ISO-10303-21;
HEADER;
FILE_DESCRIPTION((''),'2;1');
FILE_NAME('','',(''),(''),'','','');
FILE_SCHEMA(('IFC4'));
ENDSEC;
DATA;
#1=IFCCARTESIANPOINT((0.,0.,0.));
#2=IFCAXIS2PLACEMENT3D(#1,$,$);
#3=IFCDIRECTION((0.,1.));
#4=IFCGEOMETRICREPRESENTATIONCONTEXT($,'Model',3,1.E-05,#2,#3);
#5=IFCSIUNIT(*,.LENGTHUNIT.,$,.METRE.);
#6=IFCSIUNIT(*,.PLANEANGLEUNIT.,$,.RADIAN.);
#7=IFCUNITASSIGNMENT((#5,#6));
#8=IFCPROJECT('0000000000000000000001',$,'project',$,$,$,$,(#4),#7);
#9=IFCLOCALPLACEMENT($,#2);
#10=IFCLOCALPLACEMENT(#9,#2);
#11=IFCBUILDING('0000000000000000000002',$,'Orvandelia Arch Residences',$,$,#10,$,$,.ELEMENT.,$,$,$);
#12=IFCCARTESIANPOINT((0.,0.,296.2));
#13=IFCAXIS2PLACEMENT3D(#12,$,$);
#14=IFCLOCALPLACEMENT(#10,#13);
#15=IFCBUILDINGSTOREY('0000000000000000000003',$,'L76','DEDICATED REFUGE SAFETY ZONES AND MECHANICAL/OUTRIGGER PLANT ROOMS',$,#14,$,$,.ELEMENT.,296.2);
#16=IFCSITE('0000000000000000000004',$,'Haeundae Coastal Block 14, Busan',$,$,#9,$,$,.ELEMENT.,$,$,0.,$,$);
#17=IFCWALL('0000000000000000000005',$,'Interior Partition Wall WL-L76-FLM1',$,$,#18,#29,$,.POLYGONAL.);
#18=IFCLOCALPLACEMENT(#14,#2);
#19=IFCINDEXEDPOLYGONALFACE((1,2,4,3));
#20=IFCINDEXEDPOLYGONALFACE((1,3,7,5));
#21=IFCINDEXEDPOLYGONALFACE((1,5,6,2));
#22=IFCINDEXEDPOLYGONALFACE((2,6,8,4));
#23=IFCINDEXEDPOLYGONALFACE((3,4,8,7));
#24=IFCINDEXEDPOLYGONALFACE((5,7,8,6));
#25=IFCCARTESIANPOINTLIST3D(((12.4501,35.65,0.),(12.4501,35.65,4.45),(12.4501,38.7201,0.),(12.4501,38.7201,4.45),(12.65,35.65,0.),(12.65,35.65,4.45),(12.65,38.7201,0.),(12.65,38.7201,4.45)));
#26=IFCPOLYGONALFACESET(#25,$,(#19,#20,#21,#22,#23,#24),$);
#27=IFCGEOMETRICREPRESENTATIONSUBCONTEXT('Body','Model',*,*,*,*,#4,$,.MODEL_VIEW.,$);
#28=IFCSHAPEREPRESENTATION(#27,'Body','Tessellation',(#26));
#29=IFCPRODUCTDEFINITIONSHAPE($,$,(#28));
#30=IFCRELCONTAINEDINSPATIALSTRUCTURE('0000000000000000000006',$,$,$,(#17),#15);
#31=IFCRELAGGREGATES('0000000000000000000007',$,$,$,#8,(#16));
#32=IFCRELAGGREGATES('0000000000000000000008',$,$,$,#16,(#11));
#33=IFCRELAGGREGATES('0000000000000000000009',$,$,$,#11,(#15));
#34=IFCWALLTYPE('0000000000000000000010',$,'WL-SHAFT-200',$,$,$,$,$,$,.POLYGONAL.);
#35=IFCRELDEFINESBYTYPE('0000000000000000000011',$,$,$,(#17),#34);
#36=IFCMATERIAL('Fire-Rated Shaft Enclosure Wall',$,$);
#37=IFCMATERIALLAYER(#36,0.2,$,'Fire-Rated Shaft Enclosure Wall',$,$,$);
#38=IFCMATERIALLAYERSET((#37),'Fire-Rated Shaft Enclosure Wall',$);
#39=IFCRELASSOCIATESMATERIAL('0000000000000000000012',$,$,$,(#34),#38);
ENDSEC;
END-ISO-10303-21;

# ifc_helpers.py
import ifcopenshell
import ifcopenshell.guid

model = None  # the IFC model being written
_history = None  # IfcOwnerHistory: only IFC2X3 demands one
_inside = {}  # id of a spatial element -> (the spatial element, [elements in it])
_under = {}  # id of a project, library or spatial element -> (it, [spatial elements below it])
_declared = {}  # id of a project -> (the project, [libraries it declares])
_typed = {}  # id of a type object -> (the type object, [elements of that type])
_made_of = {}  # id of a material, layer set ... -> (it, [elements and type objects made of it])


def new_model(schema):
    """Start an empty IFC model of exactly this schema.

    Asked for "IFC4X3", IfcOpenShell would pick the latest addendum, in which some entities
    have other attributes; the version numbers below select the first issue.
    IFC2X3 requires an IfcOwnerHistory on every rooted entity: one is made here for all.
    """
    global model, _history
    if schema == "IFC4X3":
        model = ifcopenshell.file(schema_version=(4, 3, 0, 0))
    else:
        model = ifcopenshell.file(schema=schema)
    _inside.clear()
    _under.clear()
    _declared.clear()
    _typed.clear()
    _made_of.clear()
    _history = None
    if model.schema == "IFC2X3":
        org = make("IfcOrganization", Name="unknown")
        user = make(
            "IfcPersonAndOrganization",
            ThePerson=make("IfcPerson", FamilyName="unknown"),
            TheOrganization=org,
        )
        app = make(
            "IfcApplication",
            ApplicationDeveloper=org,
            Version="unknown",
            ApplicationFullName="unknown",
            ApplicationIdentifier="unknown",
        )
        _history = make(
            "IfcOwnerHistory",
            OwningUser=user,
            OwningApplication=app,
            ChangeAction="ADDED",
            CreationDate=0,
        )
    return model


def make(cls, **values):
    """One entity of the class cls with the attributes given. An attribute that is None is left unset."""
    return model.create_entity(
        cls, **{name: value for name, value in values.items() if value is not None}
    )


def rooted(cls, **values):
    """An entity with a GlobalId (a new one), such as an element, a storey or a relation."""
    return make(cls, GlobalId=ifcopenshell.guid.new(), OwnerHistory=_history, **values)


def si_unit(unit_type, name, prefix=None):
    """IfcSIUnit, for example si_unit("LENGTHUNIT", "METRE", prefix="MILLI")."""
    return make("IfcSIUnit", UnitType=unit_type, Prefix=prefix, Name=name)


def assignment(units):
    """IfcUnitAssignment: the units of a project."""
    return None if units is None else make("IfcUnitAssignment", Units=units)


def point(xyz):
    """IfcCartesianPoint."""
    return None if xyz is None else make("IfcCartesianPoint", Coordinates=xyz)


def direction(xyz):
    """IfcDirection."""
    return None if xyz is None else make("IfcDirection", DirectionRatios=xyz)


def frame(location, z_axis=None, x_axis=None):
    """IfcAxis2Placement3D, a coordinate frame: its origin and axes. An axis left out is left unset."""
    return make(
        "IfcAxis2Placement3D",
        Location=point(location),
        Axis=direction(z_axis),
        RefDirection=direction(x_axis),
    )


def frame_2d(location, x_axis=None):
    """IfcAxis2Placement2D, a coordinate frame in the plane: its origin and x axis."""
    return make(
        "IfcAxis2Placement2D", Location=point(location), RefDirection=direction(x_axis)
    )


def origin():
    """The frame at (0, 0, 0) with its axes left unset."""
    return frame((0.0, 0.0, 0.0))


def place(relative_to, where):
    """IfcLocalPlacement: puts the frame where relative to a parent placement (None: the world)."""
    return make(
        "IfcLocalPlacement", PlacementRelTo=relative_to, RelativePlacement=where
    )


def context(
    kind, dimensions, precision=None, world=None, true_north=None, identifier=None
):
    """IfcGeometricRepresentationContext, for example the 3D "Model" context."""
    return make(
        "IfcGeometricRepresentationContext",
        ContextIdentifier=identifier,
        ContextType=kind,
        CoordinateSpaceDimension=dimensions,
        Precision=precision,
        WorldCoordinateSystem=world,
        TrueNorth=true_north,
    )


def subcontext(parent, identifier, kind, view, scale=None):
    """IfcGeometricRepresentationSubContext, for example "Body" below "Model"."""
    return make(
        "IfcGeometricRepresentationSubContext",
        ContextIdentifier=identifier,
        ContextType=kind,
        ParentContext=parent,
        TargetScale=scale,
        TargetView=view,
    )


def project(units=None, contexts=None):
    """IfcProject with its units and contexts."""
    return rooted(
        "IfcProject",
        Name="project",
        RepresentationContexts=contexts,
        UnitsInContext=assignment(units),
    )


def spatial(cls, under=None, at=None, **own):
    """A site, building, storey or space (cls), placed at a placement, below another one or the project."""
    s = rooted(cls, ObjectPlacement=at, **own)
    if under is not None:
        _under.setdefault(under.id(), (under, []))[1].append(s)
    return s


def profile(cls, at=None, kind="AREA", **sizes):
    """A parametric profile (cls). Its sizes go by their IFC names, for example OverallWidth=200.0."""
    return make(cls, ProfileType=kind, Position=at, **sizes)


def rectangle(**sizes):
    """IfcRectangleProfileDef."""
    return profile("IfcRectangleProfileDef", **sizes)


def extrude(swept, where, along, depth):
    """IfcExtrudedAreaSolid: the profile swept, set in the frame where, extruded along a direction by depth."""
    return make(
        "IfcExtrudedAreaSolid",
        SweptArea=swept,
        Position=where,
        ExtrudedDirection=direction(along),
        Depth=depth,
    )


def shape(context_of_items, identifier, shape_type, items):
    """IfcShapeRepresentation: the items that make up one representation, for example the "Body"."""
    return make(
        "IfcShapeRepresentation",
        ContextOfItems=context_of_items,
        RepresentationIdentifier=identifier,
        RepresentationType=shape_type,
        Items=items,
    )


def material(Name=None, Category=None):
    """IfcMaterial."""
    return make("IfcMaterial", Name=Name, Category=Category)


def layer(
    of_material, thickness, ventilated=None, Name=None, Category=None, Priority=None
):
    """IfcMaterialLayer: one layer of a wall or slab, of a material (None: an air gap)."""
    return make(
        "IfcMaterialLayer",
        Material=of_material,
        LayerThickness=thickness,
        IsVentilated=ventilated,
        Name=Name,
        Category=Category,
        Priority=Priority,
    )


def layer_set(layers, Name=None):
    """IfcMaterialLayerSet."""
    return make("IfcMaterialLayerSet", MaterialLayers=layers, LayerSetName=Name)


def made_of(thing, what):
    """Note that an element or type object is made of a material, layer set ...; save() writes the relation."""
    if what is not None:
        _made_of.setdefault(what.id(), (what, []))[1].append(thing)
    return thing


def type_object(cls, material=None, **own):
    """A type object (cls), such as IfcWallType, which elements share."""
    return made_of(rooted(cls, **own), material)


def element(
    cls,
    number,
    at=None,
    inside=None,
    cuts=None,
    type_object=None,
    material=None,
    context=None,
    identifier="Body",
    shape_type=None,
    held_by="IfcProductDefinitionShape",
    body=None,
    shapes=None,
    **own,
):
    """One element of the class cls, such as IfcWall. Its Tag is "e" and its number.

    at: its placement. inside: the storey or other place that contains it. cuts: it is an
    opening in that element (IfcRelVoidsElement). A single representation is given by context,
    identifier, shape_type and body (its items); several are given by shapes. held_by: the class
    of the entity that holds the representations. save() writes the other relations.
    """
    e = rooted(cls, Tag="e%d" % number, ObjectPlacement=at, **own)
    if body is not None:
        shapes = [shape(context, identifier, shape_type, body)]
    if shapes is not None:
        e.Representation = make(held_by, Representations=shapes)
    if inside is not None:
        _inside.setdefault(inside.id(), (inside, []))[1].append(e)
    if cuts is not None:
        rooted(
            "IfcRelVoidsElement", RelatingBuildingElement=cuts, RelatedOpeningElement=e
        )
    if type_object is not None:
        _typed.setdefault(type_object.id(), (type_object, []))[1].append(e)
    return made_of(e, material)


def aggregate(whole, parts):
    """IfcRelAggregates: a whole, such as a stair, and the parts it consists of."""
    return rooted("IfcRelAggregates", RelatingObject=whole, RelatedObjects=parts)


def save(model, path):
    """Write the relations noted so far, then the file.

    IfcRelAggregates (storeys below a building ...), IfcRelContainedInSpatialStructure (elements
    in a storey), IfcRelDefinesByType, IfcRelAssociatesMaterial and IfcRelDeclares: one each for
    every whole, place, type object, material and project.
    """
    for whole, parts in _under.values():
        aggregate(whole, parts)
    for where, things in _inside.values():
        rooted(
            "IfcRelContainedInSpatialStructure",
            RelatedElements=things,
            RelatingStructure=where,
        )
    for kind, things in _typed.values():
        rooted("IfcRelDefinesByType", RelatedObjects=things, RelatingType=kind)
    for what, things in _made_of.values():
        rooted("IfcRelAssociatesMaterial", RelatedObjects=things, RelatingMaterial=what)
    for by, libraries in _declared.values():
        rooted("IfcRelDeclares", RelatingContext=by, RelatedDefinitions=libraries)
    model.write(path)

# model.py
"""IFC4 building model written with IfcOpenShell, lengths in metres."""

from ifc_helpers import new_model, si_unit, direction, frame, frame_2d, origin, place, context, subcontext, project, spatial, rectangle, extrude, material, layer, layer_set, type_object, element, save


model = new_model("IFC4")

# Units and contexts
model_context = context("Model", 3, precision=1e-05, world=origin(), true_north=direction((0.0, 1.0)))
body_context = subcontext(model_context, "Body", "Model", "MODEL_VIEW")
ifc_project = project(units=[si_unit("LENGTHUNIT", "METRE"), si_unit("PLANEANGLEUNIT", "RADIAN")], contexts=[model_context])

# Site, building, storey
site_placement = place(None, origin())
site = spatial("IfcSite", under=ifc_project, at=site_placement, Name="Haeundae Coastal Block 14, Busan", CompositionType="ELEMENT", RefElevation=0.0)
building_placement = place(site_placement, origin())
building = spatial("IfcBuilding", under=site, at=building_placement, Name="Orvandelia Arch Residences", CompositionType="ELEMENT")
storey_placement = place(building_placement, frame((0.0, 0.0, 296.2)))
storey = spatial("IfcBuildingStorey", under=building, at=storey_placement, Name="L76", Description="DEDICATED REFUGE SAFETY ZONES AND MECHANICAL/OUTRIGGER PLANT ROOMS", CompositionType="ELEMENT", Elevation=296.2)

# Wall
ifc_material_1 = material(Name="Fire-Rated Shaft Enclosure Wall")
ifc_layer_1 = layer(ifc_material_1, 0.2, Name="Fire-Rated Shaft Enclosure Wall")
ifc_layer_set_1 = layer_set([ifc_layer_1], Name="Fire-Rated Shaft Enclosure Wall")
wall_type_1 = type_object("IfcWallType", Name="WL-SHAFT-200", PredefinedType="POLYGONAL", material=ifc_layer_set_1)
wall_1_placement = place(storey_placement, frame((12.55, 35.6499, 0.0), z_axis=(0.0, 0.0, 1.0), x_axis=(0.0, 1.0, 0.0)))
element("IfcWall", 1, at=wall_1_placement, inside=storey, type_object=wall_type_1, Name="Interior Partition Wall WL-L76-FLM1", PredefinedType="POLYGONAL", context=body_context, shape_type="SweptSolid", body=[
    extrude(rectangle(XDim=3.0701, YDim=0.2, at=frame_2d((1.5352, 0.0))), origin(), (0.0, 0.0, 1.0), 4.45),
])

save(model, "model.ifc")
